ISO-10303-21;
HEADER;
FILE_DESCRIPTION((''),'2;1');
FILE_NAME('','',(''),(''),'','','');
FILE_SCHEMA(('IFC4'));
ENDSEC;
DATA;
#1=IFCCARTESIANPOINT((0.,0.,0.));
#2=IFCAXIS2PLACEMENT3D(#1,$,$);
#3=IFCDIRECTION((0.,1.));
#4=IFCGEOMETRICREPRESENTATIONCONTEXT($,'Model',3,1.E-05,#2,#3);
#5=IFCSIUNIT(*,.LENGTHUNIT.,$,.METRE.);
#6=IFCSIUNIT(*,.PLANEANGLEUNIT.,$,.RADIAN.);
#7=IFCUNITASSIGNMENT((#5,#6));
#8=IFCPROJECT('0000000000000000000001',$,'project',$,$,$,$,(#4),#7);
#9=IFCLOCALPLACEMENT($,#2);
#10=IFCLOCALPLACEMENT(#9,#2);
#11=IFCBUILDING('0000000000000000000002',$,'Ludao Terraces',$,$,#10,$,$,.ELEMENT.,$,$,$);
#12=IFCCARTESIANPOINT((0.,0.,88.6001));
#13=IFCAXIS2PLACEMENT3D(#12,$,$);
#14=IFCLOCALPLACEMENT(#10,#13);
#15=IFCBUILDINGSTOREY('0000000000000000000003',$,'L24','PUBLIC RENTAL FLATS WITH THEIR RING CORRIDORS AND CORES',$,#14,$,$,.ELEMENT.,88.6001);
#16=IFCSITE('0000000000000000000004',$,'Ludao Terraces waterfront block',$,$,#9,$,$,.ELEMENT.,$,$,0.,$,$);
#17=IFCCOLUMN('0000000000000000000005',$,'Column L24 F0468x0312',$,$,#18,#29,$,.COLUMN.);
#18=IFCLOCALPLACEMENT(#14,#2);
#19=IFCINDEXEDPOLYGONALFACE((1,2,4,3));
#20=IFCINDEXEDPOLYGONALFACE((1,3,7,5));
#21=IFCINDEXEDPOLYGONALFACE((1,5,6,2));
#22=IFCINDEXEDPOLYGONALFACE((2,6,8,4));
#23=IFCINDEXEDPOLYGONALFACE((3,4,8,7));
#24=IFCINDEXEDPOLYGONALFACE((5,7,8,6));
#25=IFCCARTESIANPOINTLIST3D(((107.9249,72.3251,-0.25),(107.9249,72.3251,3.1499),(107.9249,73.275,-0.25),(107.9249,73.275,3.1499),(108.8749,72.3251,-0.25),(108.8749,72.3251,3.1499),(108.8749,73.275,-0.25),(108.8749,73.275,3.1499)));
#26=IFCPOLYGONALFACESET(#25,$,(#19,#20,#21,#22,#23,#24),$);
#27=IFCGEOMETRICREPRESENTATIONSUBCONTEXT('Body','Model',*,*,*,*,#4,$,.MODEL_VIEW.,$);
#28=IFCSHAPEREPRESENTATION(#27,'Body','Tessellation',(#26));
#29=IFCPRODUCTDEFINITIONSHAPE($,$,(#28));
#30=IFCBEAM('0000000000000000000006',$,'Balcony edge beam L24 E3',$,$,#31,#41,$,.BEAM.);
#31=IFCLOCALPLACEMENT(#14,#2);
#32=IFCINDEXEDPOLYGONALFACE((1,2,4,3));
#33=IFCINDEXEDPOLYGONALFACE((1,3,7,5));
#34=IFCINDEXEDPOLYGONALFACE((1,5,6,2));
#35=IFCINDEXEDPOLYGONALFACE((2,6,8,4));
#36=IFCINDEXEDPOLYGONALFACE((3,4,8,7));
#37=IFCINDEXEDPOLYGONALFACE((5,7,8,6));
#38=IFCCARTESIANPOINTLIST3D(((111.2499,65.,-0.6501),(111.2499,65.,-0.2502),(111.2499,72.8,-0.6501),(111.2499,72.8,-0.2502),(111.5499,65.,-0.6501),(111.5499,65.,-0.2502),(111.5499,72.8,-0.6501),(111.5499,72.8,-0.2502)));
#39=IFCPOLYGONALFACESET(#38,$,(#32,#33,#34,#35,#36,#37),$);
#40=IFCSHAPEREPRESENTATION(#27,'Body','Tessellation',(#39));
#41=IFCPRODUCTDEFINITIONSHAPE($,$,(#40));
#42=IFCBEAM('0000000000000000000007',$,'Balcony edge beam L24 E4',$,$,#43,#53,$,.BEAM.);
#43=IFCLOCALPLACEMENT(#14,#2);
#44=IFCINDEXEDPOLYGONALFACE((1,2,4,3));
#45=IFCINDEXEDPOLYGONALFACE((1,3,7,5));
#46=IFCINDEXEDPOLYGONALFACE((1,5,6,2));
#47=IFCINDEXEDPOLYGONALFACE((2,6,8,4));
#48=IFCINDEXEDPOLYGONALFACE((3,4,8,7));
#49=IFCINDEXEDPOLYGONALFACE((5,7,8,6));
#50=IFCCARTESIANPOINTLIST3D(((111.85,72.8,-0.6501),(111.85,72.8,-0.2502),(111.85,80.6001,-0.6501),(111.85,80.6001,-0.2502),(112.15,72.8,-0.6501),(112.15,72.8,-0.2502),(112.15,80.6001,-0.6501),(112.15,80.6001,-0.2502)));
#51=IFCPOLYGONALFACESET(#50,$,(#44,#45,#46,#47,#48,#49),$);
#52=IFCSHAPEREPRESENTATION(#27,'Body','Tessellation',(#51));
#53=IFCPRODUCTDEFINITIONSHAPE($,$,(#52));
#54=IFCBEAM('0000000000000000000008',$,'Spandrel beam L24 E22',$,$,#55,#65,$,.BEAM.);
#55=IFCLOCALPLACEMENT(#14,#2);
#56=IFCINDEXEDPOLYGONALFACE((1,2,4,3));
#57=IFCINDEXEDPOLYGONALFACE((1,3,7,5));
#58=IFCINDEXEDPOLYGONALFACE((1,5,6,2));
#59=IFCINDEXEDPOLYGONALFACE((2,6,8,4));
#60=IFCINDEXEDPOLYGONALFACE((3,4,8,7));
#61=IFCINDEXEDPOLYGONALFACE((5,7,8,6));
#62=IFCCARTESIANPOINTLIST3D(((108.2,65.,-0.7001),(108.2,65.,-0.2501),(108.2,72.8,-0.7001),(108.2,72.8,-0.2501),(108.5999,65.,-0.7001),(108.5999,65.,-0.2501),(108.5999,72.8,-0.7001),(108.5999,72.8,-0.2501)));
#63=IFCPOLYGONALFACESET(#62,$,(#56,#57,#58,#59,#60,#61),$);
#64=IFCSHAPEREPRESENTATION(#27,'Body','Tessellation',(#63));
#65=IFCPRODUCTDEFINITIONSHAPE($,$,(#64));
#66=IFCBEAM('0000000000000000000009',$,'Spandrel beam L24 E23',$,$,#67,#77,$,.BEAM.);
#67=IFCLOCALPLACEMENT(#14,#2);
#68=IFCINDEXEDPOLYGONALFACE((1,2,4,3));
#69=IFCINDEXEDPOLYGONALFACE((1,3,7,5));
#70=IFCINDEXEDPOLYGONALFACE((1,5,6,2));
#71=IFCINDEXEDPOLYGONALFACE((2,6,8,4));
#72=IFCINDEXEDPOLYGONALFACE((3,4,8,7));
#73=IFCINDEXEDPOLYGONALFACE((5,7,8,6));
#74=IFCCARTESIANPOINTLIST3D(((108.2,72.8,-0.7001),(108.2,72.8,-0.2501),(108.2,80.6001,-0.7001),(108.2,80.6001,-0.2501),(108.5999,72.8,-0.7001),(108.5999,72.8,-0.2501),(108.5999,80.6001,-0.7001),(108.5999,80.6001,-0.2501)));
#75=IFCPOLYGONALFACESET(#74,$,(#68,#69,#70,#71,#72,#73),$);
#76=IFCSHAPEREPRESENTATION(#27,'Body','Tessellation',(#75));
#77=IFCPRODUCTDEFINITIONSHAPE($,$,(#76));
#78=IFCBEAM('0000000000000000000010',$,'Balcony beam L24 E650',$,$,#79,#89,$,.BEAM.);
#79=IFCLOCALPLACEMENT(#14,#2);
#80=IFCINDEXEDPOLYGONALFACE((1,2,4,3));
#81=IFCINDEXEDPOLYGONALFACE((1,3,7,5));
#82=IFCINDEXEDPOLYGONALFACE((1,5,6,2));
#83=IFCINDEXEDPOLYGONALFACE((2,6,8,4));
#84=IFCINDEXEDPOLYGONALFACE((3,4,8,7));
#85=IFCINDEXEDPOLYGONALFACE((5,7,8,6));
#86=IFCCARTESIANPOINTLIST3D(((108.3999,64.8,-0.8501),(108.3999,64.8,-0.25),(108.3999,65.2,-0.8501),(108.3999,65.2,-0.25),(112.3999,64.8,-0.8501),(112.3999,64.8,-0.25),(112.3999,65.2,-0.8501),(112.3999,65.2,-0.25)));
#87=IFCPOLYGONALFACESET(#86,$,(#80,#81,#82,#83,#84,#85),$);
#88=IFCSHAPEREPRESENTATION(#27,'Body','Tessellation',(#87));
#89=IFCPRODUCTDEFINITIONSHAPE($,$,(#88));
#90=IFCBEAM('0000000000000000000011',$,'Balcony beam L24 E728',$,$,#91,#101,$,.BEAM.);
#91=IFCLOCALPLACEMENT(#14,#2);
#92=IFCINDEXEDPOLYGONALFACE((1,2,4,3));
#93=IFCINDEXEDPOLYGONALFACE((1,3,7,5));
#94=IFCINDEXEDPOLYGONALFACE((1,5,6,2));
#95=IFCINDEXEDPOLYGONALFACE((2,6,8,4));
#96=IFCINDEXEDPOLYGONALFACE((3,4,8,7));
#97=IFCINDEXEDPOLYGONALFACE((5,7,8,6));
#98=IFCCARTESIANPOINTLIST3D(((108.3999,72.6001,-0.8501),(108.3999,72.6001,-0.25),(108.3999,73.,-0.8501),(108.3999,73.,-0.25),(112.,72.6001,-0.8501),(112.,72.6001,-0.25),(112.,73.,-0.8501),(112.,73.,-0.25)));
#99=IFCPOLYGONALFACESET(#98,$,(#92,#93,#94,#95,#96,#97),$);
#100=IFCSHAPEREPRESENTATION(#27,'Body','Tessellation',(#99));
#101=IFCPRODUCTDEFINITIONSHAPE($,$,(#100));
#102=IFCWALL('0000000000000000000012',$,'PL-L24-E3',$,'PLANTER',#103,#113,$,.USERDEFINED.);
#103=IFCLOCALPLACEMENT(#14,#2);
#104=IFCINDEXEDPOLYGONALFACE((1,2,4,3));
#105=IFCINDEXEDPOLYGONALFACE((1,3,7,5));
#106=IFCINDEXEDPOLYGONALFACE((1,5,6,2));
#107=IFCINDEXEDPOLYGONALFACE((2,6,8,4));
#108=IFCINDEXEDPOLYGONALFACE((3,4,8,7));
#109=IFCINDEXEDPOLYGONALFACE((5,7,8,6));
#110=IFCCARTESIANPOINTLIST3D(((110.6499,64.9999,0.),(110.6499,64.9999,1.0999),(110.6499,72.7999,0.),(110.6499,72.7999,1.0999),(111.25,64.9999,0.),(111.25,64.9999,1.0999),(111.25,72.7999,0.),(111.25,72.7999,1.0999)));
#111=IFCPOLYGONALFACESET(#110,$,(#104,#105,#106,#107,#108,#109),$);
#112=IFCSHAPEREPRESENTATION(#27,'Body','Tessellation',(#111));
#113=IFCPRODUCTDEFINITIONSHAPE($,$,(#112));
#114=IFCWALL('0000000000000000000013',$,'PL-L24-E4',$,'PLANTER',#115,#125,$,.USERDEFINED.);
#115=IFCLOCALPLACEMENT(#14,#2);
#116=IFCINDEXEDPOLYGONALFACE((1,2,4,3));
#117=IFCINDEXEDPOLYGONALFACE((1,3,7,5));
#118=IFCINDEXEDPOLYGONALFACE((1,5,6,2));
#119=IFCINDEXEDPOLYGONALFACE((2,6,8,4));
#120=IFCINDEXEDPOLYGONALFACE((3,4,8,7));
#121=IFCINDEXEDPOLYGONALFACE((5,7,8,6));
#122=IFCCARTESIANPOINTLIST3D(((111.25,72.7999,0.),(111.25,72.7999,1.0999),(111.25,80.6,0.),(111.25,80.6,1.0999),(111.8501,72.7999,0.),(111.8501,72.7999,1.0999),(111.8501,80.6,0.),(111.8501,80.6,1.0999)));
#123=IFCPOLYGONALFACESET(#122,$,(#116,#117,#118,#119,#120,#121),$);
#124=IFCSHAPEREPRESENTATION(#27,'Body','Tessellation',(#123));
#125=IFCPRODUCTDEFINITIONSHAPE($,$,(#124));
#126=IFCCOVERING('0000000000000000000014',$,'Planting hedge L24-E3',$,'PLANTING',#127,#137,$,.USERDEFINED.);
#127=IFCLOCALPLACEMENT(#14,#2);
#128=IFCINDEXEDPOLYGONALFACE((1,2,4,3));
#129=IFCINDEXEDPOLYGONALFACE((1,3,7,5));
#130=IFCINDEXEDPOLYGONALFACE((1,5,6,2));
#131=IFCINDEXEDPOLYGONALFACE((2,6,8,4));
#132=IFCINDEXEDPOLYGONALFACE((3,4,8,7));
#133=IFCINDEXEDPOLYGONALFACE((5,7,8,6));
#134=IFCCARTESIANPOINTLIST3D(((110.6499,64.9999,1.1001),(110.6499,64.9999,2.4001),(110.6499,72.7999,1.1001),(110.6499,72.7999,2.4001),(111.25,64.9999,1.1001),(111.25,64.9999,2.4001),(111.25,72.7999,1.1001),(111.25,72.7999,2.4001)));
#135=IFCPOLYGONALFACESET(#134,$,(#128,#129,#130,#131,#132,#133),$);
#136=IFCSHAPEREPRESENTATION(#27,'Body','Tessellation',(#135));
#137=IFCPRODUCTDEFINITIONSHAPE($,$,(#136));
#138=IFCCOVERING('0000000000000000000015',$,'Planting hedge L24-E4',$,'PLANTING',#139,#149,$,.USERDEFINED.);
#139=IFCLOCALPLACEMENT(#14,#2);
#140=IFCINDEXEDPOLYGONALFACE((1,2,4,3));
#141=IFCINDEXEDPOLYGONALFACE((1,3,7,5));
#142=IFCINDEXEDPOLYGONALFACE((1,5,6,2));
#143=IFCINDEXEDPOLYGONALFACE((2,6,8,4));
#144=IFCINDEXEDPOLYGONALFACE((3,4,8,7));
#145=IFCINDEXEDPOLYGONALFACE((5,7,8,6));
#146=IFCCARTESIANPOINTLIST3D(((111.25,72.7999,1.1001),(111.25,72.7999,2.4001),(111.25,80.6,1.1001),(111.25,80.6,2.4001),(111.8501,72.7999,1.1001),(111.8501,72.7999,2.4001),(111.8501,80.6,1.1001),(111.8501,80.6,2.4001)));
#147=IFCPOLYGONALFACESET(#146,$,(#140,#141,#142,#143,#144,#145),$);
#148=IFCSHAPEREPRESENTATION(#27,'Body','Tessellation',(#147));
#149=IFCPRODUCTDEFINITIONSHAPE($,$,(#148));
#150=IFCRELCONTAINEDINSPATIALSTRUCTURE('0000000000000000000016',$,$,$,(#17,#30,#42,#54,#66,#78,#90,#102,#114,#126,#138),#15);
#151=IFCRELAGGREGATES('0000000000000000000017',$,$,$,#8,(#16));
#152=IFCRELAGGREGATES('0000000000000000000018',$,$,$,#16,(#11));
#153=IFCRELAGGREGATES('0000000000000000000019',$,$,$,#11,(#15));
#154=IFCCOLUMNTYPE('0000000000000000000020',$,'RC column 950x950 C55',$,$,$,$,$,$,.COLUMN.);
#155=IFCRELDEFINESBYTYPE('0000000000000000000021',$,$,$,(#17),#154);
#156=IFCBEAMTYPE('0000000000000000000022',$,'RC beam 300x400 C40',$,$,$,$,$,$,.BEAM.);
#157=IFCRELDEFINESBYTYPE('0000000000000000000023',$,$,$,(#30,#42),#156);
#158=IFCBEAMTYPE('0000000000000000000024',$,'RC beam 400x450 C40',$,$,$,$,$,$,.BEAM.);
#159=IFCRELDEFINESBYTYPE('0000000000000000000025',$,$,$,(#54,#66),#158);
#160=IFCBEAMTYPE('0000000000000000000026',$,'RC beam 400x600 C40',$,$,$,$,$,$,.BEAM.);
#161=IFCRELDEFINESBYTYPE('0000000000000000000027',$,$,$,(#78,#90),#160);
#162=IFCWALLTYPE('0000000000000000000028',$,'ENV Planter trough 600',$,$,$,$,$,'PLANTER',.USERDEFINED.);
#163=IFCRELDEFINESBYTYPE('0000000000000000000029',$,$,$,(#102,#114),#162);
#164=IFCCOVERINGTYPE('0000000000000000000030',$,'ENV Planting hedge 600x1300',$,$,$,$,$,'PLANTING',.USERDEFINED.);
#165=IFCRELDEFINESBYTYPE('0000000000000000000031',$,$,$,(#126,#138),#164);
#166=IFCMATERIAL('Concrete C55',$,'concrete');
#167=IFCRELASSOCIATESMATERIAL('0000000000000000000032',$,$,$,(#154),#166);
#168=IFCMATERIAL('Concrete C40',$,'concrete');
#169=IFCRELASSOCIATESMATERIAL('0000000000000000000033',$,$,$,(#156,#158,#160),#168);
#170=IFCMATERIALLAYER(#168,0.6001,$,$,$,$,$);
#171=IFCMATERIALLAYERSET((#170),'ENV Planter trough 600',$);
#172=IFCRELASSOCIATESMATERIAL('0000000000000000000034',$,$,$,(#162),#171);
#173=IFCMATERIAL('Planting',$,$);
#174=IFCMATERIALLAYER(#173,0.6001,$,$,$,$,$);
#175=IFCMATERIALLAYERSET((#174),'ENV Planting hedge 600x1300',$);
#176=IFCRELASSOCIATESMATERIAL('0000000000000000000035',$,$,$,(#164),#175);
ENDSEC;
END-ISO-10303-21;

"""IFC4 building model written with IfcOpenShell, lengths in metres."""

from ifc_helpers import new_model, si_unit, direction, frame, frame_2d, origin, origin_2d, place, context, subcontext, project, spatial, rectangle, extrude, material, layer, layer_set, material_profile, profile_set, type_object, element, save


model = new_model("IFC4")

# Units and contexts
model_context = context("Model", 3, precision=1e-05, world=origin(), true_north=direction((0.0, 1.0)))
body_context = subcontext(model_context, "Body", "Model", "MODEL_VIEW")
ifc_project = project(units=[si_unit("LENGTHUNIT", "METRE"), si_unit("PLANEANGLEUNIT", "RADIAN")], contexts=[model_context])

# Site, building, storey
site_placement = place(None, origin())
site = spatial("IfcSite", under=ifc_project, at=site_placement, Name="Ludao Terraces waterfront block", CompositionType="ELEMENT", RefElevation=0.0)
building_placement = place(site_placement, origin())
building = spatial("IfcBuilding", under=site, at=building_placement, Name="Ludao Terraces", CompositionType="ELEMENT")
storey_placement = place(building_placement, frame((0.0, 0.0, 88.6001)))
storey = spatial("IfcBuildingStorey", under=building, at=storey_placement, Name="L24", Description="PUBLIC RENTAL FLATS WITH THEIR RING CORRIDORS AND CORES", CompositionType="ELEMENT", Elevation=88.6001)

# Column
ifc_material_1 = material(Name="Concrete C55", Category="concrete")
ifc_material_profile_1 = material_profile(ifc_material_1, rectangle(XDim=0.95, YDim=0.95, at=origin_2d()), Name="950 X 950")
ifc_profile_set_1 = profile_set([ifc_material_profile_1], Name="Concrete C55")
column_type = type_object("IfcColumnType", Name="RC column 950x950 C55", PredefinedType="COLUMN", material=ifc_profile_set_1)
column_placement = place(storey_placement, frame((108.3999, 72.8, -0.25), z_axis=(0.0, 0.0, 1.0), x_axis=(1.0, 0.0, 0.0)))
element("IfcColumn", 1, at=column_placement, inside=storey, type_object=column_type, Name="Column L24 F0468x0312", PredefinedType="COLUMN", context=body_context, shape_type="SweptSolid", body=[
    extrude(rectangle(XDim=0.95, YDim=0.95, at=origin_2d()), origin(), (0.0, 0.0, 1.0), 3.3999),
])

# Beams
ifc_material_2 = material(Name="Concrete C40", Category="concrete")
ifc_material_profile_2 = material_profile(ifc_material_2, rectangle(XDim=0.3, YDim=0.3999, at=origin_2d()), Name="300 X 400")
ifc_profile_set_2 = profile_set([ifc_material_profile_2], Name="Concrete C40")
beam_type_1 = type_object("IfcBeamType", Name="RC beam 300x400 C40", PredefinedType="BEAM", material=ifc_profile_set_2)
for number, where, z_axis, x_axis, name in (
    (2, (111.3999, 65.0, -0.4502), (0.0, 1.0, 0.0), (-1.0, 0.0, 0.0), "Balcony edge beam L24 E3"),
    (3, (112.0, 72.8, -0.4502), (0.0, 1.0, 0.0), (-1.0, 0.0, 0.0), "Balcony edge beam L24 E4"),
):
    element("IfcBeam", number, at=place(storey_placement, frame(where, z_axis=z_axis, x_axis=x_axis)), inside=storey, type_object=beam_type_1, Name=name, PredefinedType="BEAM", context=body_context, shape_type="SweptSolid", body=[
        extrude(rectangle(XDim=0.3, YDim=0.3999, at=origin_2d()), origin(), (0.0, 0.0, 1.0), 7.8),
    ])
ifc_material_profile_3 = material_profile(ifc_material_2, rectangle(XDim=0.3999, YDim=0.45, at=origin_2d()), Name="400 X 450")
ifc_profile_set_3 = profile_set([ifc_material_profile_3], Name="Concrete C40")
beam_type_2 = type_object("IfcBeamType", Name="RC beam 400x450 C40", PredefinedType="BEAM", material=ifc_profile_set_3)
for number, where, z_axis, x_axis, name in (
    (4, (108.3999, 65.0, -0.4751), (0.0, 1.0, 0.0), (-1.0, 0.0, 0.0), "Spandrel beam L24 E22"),
    (5, (108.3999, 72.8, -0.4751), (0.0, 1.0, 0.0), (-1.0, 0.0, 0.0), "Spandrel beam L24 E23"),
):
    element("IfcBeam", number, at=place(storey_placement, frame(where, z_axis=z_axis, x_axis=x_axis)), inside=storey, type_object=beam_type_2, Name=name, PredefinedType="BEAM", context=body_context, shape_type="SweptSolid", body=[
        extrude(rectangle(XDim=0.3999, YDim=0.45, at=origin_2d()), origin(), (0.0, 0.0, 1.0), 7.8),
    ])
ifc_material_profile_4 = material_profile(ifc_material_2, rectangle(XDim=0.3999, YDim=0.6001, at=origin_2d()), Name="400 X 600")
ifc_profile_set_4 = profile_set([ifc_material_profile_4], Name="Concrete C40")
beam_type_3 = type_object("IfcBeamType", Name="RC beam 400x600 C40", PredefinedType="BEAM", material=ifc_profile_set_4)
beam_1_placement = place(storey_placement, frame((108.3999, 65.0, -0.55), z_axis=(1.0, 0.0, 0.0), x_axis=(0.0, 1.0, 0.0)))
element("IfcBeam", 6, at=beam_1_placement, inside=storey, type_object=beam_type_3, Name="Balcony beam L24 E650", PredefinedType="BEAM", context=body_context, shape_type="SweptSolid", body=[
    extrude(rectangle(XDim=0.3999, YDim=0.6001, at=origin_2d()), origin(), (0.0, 0.0, 1.0), 4.0),
])
beam_2_placement = place(storey_placement, frame((108.3999, 72.8, -0.55), z_axis=(1.0, 0.0, 0.0), x_axis=(0.0, 1.0, 0.0)))
element("IfcBeam", 7, at=beam_2_placement, inside=storey, type_object=beam_type_3, Name="Balcony beam L24 E728", PredefinedType="BEAM", context=body_context, shape_type="SweptSolid", body=[
    extrude(rectangle(XDim=0.3999, YDim=0.6001, at=origin_2d()), origin(), (0.0, 0.0, 1.0), 3.6001),
])

# Walls
ifc_layer_1 = layer(ifc_material_2, 0.6001)
ifc_layer_set_1 = layer_set([ifc_layer_1], Name="ENV Planter trough 600")
wall_type = type_object("IfcWallType", Name="ENV Planter trough 600", ElementType="PLANTER", PredefinedType="USERDEFINED", material=ifc_layer_set_1)
for number, where, z_axis, x_axis, name in (
    (8, (110.95, 65.0, 0.0), (0.0, 0.0, 1.0), (0.0, 1.0, 0.0), "PL-L24-E3"),
    (9, (111.55, 72.8, 0.0), (0.0, 0.0, 1.0), (0.0, 1.0, 0.0), "PL-L24-E4"),
):
    element("IfcWall", number, at=place(storey_placement, frame(where, z_axis=z_axis, x_axis=x_axis)), inside=storey, type_object=wall_type, Name=name, ObjectType="PLANTER", PredefinedType="USERDEFINED", context=body_context, shape_type="SweptSolid", body=[
        extrude(rectangle(XDim=7.8, YDim=0.6001, at=frame_2d((3.8999, 0.0))), origin(), (0.0, 0.0, 1.0), 1.0999),
    ])

# Coverings
ifc_material_3 = material(Name="Planting")
ifc_layer_2 = layer(ifc_material_3, 0.6001)
ifc_layer_set_2 = layer_set([ifc_layer_2], Name="ENV Planting hedge 600x1300")
covering_type = type_object("IfcCoveringType", Name="ENV Planting hedge 600x1300", ElementType="PLANTING", PredefinedType="USERDEFINED", material=ifc_layer_set_2)
for number, where, z_axis, x_axis, name in (
    (10, (110.95, 68.8999, 1.1001), (0.0, 0.0, 1.0), (1.0, 0.0, 0.0), "Planting hedge L24-E3"),
    (11, (111.55, 76.7, 1.1001), (0.0, 0.0, 1.0), (1.0, 0.0, 0.0), "Planting hedge L24-E4"),
):
    element("IfcCovering", number, at=place(storey_placement, frame(where, z_axis=z_axis, x_axis=x_axis)), inside=storey, type_object=covering_type, Name=name, ObjectType="PLANTING", PredefinedType="USERDEFINED", context=body_context, shape_type="SweptSolid", body=[
        extrude(rectangle(XDim=0.6001, YDim=7.8, at=origin_2d()), origin(), (0.0, 0.0, 1.0), 1.3),
    ])

save(model, "model.ifc")
